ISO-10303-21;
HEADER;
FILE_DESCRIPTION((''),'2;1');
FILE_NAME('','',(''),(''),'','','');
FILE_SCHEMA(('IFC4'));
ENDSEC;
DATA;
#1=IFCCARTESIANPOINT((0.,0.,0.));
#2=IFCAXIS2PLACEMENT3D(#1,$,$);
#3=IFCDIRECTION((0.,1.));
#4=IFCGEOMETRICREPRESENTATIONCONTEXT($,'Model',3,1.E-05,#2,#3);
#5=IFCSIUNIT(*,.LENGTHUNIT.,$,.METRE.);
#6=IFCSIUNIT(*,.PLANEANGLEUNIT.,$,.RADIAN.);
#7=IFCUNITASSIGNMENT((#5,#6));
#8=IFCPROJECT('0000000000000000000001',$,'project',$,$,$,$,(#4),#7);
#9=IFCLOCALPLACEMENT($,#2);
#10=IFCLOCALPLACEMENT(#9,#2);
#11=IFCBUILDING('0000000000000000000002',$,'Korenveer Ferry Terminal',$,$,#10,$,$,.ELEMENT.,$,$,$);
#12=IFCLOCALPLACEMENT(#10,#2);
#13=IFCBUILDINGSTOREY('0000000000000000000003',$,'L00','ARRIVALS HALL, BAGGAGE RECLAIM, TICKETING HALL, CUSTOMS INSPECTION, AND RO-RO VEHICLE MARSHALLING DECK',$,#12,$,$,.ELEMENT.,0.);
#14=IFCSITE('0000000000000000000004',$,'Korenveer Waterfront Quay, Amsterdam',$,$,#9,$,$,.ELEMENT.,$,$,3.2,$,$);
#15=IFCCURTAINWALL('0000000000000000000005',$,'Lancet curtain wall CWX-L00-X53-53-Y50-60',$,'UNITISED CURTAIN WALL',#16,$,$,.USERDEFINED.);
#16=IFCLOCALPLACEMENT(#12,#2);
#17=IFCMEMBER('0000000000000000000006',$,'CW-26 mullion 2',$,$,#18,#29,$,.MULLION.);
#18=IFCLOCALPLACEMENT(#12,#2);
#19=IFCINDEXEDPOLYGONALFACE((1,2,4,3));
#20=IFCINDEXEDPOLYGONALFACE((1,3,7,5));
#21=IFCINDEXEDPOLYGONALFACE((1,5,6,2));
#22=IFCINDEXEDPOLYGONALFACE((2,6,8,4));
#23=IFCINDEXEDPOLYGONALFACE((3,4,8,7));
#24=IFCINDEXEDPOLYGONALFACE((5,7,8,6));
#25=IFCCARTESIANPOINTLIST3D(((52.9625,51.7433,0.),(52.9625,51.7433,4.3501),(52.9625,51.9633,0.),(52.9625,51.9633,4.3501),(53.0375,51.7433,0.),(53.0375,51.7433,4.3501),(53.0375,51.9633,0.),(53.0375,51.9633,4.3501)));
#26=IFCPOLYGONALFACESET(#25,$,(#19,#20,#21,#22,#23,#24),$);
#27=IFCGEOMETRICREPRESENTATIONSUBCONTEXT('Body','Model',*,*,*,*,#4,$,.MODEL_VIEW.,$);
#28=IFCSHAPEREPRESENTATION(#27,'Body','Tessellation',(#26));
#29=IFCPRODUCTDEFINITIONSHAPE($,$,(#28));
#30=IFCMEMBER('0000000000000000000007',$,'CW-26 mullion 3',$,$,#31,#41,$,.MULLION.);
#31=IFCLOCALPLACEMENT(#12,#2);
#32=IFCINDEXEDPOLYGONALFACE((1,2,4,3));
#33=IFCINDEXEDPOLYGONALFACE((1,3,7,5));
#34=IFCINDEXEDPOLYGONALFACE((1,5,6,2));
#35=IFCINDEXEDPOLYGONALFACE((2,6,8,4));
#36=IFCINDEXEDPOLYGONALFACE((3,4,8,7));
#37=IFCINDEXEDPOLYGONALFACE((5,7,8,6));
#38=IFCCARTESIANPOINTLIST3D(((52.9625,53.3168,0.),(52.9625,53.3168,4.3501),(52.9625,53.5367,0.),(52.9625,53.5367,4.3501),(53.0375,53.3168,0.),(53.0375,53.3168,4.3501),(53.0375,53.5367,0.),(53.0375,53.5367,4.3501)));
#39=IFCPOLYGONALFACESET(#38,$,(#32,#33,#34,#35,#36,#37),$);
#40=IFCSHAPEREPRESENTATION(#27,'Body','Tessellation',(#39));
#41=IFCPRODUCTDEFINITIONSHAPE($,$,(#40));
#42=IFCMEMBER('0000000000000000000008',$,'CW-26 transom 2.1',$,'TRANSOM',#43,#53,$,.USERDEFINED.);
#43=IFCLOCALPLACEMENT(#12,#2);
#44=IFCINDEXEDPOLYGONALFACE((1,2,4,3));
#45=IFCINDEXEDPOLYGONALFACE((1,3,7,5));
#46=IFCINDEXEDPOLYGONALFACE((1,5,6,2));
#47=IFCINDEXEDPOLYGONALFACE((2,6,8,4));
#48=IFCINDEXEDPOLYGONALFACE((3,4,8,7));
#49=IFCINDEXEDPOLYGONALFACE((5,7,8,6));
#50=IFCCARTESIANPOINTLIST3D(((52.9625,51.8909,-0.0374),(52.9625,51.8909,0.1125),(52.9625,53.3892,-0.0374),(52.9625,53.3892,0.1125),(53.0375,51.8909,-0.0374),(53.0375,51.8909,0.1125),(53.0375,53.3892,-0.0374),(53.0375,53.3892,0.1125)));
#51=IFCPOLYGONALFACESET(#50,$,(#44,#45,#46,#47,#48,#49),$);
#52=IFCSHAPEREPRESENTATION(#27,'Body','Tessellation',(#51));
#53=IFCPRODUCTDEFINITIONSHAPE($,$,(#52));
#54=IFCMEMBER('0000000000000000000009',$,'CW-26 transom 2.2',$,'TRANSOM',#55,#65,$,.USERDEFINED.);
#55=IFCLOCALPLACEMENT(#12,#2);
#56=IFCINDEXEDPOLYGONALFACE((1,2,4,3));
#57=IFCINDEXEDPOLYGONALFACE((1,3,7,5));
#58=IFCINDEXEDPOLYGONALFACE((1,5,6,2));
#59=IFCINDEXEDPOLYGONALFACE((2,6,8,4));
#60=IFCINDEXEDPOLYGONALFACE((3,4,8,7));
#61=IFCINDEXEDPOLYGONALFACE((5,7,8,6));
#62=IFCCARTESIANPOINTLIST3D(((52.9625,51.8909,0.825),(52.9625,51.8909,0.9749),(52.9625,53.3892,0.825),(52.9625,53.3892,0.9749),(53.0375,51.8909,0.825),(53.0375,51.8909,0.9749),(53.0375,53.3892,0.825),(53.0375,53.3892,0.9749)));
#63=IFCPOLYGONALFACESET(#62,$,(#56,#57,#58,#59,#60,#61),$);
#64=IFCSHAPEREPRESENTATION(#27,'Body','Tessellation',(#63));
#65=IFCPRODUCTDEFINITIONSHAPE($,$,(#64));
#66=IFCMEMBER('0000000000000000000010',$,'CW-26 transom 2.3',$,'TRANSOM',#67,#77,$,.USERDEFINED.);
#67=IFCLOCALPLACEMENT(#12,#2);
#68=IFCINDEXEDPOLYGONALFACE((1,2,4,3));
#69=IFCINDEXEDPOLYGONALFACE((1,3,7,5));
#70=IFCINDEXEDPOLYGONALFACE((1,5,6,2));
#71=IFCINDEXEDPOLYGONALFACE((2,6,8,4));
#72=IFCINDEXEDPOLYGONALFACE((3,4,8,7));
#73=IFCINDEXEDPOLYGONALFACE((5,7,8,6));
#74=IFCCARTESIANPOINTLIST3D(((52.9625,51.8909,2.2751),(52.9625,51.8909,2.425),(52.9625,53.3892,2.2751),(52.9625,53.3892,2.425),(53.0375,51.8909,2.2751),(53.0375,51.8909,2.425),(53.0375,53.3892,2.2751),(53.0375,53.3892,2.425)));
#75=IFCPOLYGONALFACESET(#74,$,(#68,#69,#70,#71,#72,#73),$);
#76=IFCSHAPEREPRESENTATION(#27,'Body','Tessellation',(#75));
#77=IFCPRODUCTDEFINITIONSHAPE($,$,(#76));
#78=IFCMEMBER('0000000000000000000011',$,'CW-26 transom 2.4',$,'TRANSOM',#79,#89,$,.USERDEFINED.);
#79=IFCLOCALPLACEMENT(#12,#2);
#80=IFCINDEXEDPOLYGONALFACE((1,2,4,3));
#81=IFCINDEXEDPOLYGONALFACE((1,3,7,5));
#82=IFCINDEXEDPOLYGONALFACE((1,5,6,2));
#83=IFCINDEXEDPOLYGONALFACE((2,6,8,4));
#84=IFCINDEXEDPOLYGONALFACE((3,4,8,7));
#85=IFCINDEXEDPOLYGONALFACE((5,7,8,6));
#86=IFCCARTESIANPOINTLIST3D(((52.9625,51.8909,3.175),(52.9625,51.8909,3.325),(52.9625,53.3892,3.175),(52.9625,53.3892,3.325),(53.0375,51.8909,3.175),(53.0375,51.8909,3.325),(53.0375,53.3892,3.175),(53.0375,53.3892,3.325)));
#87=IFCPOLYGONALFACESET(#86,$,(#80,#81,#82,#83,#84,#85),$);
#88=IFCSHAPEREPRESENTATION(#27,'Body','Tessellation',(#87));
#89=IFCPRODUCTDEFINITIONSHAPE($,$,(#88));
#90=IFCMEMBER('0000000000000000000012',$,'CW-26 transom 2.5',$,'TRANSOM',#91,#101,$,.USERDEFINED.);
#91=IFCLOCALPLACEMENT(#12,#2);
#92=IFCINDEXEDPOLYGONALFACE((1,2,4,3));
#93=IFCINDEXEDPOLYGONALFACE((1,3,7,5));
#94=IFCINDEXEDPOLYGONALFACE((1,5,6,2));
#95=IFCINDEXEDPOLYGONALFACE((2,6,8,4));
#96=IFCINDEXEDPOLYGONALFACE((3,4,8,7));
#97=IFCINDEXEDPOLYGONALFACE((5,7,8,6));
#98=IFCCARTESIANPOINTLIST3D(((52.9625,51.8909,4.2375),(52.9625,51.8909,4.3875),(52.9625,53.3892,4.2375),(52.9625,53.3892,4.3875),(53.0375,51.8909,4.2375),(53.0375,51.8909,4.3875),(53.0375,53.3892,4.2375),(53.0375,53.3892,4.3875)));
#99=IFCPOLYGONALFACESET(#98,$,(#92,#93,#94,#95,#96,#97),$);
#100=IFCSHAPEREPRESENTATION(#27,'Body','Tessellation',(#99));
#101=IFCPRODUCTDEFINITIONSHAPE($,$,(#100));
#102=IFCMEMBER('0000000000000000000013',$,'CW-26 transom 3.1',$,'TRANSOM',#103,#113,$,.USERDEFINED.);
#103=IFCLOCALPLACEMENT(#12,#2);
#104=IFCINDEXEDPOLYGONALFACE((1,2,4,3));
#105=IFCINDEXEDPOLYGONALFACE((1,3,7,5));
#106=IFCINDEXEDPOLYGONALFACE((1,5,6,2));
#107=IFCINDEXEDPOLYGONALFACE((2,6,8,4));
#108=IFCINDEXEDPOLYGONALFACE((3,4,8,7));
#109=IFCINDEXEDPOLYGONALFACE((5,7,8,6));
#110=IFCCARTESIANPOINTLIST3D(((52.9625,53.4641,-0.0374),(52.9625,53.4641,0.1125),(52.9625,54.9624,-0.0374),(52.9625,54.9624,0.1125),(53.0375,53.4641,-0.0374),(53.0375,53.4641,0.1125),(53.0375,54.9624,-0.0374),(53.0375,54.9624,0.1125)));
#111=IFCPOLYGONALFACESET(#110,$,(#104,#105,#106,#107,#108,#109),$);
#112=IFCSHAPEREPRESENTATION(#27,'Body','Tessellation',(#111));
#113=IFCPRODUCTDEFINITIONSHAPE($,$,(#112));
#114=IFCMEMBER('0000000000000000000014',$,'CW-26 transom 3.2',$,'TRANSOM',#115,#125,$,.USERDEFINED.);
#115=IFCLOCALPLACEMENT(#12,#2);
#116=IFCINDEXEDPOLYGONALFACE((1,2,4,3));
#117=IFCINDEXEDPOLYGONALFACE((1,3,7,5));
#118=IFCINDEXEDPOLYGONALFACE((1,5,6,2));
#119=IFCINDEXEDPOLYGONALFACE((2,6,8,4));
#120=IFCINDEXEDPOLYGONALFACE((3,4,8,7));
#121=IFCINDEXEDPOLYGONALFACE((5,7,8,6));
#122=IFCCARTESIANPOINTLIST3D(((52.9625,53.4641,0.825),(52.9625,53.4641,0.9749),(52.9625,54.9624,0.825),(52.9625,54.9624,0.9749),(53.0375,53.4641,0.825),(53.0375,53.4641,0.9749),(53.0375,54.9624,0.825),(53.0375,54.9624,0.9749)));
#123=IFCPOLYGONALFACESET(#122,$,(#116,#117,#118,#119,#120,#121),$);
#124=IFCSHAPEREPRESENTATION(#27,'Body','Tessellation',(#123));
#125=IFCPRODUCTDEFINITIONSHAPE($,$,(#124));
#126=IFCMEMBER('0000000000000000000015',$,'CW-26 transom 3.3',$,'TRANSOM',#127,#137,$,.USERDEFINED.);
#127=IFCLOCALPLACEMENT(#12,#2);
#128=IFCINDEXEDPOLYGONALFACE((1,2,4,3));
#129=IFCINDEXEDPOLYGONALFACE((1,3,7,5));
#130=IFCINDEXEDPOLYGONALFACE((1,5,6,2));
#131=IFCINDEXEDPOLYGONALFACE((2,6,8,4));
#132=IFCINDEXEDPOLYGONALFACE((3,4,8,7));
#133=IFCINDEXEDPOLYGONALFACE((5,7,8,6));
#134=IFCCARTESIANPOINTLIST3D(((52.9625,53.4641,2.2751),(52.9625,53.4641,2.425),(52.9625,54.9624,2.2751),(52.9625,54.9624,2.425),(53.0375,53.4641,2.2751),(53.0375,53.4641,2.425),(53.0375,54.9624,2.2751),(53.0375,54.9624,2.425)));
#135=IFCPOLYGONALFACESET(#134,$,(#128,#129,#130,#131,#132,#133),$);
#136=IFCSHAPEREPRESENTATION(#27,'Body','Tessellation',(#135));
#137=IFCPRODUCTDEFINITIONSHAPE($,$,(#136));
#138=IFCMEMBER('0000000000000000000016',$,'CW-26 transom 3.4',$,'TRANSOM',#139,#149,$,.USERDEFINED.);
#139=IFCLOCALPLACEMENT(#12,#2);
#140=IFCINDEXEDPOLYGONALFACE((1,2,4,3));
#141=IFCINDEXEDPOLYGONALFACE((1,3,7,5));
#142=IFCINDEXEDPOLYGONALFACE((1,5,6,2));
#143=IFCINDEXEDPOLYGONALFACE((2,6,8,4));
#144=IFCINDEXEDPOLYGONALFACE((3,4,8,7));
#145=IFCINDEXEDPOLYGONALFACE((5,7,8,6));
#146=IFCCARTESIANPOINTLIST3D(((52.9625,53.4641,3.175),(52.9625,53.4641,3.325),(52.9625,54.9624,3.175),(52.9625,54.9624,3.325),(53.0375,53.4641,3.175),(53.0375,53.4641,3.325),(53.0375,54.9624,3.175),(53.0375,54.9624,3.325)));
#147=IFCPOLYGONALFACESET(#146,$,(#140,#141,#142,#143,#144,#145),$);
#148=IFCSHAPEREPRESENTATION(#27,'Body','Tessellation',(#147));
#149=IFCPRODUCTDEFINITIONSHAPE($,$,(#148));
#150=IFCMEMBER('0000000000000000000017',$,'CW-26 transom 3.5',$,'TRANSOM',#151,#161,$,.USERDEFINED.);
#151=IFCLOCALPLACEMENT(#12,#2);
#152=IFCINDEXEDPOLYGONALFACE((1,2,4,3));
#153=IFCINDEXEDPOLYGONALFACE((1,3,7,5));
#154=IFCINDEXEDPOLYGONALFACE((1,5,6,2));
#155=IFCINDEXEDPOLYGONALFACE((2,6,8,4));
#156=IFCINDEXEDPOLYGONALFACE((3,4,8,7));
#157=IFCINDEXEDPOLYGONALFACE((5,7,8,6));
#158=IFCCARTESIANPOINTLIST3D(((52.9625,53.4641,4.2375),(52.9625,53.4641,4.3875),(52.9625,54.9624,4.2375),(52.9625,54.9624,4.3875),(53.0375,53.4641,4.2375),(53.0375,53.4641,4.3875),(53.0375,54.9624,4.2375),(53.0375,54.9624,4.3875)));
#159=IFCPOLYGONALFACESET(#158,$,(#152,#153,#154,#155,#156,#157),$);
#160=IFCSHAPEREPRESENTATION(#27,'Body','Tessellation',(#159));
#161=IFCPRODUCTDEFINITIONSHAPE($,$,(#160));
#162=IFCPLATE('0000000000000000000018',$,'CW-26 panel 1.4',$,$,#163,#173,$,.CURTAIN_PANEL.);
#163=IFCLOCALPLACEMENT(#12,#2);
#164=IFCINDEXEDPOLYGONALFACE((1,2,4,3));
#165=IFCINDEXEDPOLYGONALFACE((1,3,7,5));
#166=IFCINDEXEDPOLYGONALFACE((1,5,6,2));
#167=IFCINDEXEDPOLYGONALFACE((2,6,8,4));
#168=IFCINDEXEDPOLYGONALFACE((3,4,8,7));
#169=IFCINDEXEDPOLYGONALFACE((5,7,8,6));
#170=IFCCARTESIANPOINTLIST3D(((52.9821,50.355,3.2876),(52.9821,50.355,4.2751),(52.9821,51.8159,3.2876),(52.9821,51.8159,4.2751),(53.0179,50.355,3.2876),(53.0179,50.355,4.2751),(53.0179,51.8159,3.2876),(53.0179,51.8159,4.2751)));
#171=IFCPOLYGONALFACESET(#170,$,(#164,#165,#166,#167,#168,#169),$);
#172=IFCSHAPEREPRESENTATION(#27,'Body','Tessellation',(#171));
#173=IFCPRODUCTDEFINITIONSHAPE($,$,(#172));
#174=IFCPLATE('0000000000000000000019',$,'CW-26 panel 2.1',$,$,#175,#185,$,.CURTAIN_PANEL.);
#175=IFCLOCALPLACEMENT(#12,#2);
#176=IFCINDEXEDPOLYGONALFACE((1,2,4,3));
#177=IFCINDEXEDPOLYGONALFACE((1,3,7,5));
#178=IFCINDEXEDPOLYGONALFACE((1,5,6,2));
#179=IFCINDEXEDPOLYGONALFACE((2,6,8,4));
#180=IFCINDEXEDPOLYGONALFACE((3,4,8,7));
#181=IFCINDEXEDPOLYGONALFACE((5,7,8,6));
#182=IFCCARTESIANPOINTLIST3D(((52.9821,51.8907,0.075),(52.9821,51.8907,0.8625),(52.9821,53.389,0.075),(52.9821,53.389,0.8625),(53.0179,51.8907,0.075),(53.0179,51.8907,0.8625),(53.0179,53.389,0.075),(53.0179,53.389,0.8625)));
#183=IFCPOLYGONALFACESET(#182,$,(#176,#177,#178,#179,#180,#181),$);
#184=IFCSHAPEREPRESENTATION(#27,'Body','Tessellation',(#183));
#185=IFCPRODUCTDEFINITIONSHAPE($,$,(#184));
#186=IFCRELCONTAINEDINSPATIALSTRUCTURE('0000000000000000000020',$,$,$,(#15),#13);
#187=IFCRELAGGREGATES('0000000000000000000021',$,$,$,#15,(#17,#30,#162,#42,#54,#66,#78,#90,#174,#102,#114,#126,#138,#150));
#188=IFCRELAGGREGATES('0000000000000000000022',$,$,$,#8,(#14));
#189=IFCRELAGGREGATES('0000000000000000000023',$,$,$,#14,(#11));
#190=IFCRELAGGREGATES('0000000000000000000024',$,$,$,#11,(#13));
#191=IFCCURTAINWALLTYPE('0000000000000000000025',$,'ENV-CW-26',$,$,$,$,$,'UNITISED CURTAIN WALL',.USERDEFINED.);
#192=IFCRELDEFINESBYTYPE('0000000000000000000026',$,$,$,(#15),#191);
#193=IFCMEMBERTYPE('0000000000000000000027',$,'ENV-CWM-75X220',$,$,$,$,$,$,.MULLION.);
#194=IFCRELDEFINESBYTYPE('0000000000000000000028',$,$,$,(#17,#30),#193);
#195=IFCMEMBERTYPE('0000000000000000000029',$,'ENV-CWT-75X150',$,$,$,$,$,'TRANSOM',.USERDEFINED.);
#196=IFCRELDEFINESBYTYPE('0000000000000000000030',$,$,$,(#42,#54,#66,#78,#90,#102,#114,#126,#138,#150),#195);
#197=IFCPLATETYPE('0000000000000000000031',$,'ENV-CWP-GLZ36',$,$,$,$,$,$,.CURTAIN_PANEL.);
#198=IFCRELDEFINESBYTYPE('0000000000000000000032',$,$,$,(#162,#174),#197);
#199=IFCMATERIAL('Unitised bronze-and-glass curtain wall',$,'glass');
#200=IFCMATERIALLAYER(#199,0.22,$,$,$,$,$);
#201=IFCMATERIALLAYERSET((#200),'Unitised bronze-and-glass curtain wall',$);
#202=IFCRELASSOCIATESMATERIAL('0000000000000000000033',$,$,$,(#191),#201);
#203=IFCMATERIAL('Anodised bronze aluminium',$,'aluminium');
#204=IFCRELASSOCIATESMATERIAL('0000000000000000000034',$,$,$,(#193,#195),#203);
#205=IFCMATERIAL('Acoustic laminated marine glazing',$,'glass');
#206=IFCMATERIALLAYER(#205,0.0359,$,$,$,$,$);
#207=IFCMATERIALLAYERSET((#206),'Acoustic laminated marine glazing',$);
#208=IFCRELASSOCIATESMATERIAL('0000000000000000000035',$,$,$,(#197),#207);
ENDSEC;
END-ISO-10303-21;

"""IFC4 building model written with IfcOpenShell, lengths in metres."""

from ifc_helpers import new_model, si_unit, direction, frame, origin, origin_2d, place, context, subcontext, project, spatial, rectangle, extrude, material, layer, layer_set, material_profile, profile_set, type_object, element, aggregate, save


model = new_model("IFC4")

# Units and contexts
model_context = context("Model", 3, precision=1e-05, world=origin(), true_north=direction((0.0, 1.0)))
body_context = subcontext(model_context, "Body", "Model", "MODEL_VIEW")
ifc_project = project(units=[si_unit("LENGTHUNIT", "METRE"), si_unit("PLANEANGLEUNIT", "RADIAN")], contexts=[model_context])

# Site, building, storey
site_placement = place(None, origin())
site = spatial("IfcSite", under=ifc_project, at=site_placement, Name="Korenveer Waterfront Quay, Amsterdam", CompositionType="ELEMENT", RefElevation=3.2)
building_placement = place(site_placement, origin())
building = spatial("IfcBuilding", under=site, at=building_placement, Name="Korenveer Ferry Terminal", CompositionType="ELEMENT")
storey_placement = place(building_placement, origin())
storey = spatial("IfcBuildingStorey", under=building, at=storey_placement, Name="L00", Description="ARRIVALS HALL, BAGGAGE RECLAIM, TICKETING HALL, CUSTOMS INSPECTION, AND RO-RO VEHICLE MARSHALLING DECK", CompositionType="ELEMENT", Elevation=0.0)

# Curtain wall, members, plates
ifc_material_1 = material(Name="Unitised bronze-and-glass curtain wall", Category="glass")
ifc_layer_1 = layer(ifc_material_1, 0.22)
ifc_layer_set_1 = layer_set([ifc_layer_1], Name="Unitised bronze-and-glass curtain wall")
curtain_wall_type = type_object("IfcCurtainWallType", Name="ENV-CW-26", ElementType="UNITISED CURTAIN WALL", PredefinedType="USERDEFINED", material=ifc_layer_set_1)
curtain_wall_placement = place(storey_placement, frame((53.0, 50.28, 0.0)))
curtain_wall = element("IfcCurtainWall", 1, at=curtain_wall_placement, inside=storey, type_object=curtain_wall_type, Name="Lancet curtain wall CWX-L00-X53-53-Y50-60", ObjectType="UNITISED CURTAIN WALL", PredefinedType="USERDEFINED")
ifc_material_2 = material(Name="Anodised bronze aluminium", Category="aluminium")
ifc_material_profile_1 = material_profile(ifc_material_2, rectangle(XDim=0.075, YDim=0.22, at=origin_2d()), Name="ALU 75x220")
ifc_profile_set_1 = profile_set([ifc_material_profile_1], Name="Anodised bronze aluminium")
member_type_1 = type_object("IfcMemberType", Name="ENV-CWM-75X220", PredefinedType="MULLION", material=ifc_profile_set_1)
member_1_placement = place(storey_placement, frame((53.0, 51.8533, 0.0), z_axis=(0.0, 0.0, 1.0), x_axis=(-1.0, 0.0, 0.0)))
member_1 = element("IfcMember", 2, at=member_1_placement, type_object=member_type_1, Name="CW-26 mullion 2", PredefinedType="MULLION", context=body_context, shape_type="SweptSolid", body=[
    extrude(rectangle(XDim=0.075, YDim=0.22, at=origin_2d()), origin(), (0.0, 0.0, 1.0), 4.3501),
])
member_2_placement = place(storey_placement, frame((53.0, 53.4268, 0.0), z_axis=(0.0, 0.0, 1.0), x_axis=(-1.0, 0.0, 0.0)))
member_2 = element("IfcMember", 3, at=member_2_placement, type_object=member_type_1, Name="CW-26 mullion 3", PredefinedType="MULLION", context=body_context, shape_type="SweptSolid", body=[
    extrude(rectangle(XDim=0.075, YDim=0.22, at=origin_2d()), origin(), (0.0, 0.0, 1.0), 4.3501),
])
ifc_material_profile_2 = material_profile(ifc_material_2, rectangle(XDim=0.075, YDim=0.1499, at=origin_2d()), Name="ALU 75x150")
ifc_profile_set_2 = profile_set([ifc_material_profile_2], Name="Anodised bronze aluminium")
member_type_2 = type_object("IfcMemberType", Name="ENV-CWT-75X150", ElementType="TRANSOM", PredefinedType="USERDEFINED", material=ifc_profile_set_2)
member_3_placement = place(storey_placement, frame((53.0, 51.8909, 0.0376), z_axis=(0.0, 1.0, 0.0), x_axis=(-1.0, 0.0, 0.0)))
member_3 = element("IfcMember", 4, at=member_3_placement, type_object=member_type_2, Name="CW-26 transom 2.1", ObjectType="TRANSOM", PredefinedType="USERDEFINED", context=body_context, shape_type="SweptSolid", body=[
    extrude(rectangle(XDim=0.075, YDim=0.1499, at=origin_2d()), origin(), (0.0, 0.0, 1.0), 1.4983),
])
member_4_placement = place(storey_placement, frame((53.0, 51.8909, 0.8999), z_axis=(0.0, 1.0, 0.0), x_axis=(-1.0, 0.0, 0.0)))
member_4 = element("IfcMember", 5, at=member_4_placement, type_object=member_type_2, Name="CW-26 transom 2.2", ObjectType="TRANSOM", PredefinedType="USERDEFINED", context=body_context, shape_type="SweptSolid", body=[
    extrude(rectangle(XDim=0.075, YDim=0.1499, at=origin_2d()), origin(), (0.0, 0.0, 1.0), 1.4983),
])
member_5_placement = place(storey_placement, frame((53.0, 51.8909, 2.3501), z_axis=(0.0, 1.0, 0.0), x_axis=(-1.0, 0.0, 0.0)))
member_5 = element("IfcMember", 6, at=member_5_placement, type_object=member_type_2, Name="CW-26 transom 2.3", ObjectType="TRANSOM", PredefinedType="USERDEFINED", context=body_context, shape_type="SweptSolid", body=[
    extrude(rectangle(XDim=0.075, YDim=0.1499, at=origin_2d()), origin(), (0.0, 0.0, 1.0), 1.4983),
])
member_6_placement = place(storey_placement, frame((53.0, 51.8909, 3.25), z_axis=(0.0, 1.0, 0.0), x_axis=(-1.0, 0.0, 0.0)))
member_6 = element("IfcMember", 7, at=member_6_placement, type_object=member_type_2, Name="CW-26 transom 2.4", ObjectType="TRANSOM", PredefinedType="USERDEFINED", context=body_context, shape_type="SweptSolid", body=[
    extrude(rectangle(XDim=0.075, YDim=0.1499, at=origin_2d()), origin(), (0.0, 0.0, 1.0), 1.4983),
])
member_7_placement = place(storey_placement, frame((53.0, 51.8909, 4.3125), z_axis=(0.0, 1.0, 0.0), x_axis=(-1.0, 0.0, 0.0)))
member_7 = element("IfcMember", 8, at=member_7_placement, type_object=member_type_2, Name="CW-26 transom 2.5", ObjectType="TRANSOM", PredefinedType="USERDEFINED", context=body_context, shape_type="SweptSolid", body=[
    extrude(rectangle(XDim=0.075, YDim=0.1499, at=origin_2d()), origin(), (0.0, 0.0, 1.0), 1.4983),
])
member_8_placement = place(storey_placement, frame((53.0, 53.4641, 0.0376), z_axis=(0.0, 1.0, 0.0), x_axis=(-1.0, 0.0, 0.0)))
member_8 = element("IfcMember", 9, at=member_8_placement, type_object=member_type_2, Name="CW-26 transom 3.1", ObjectType="TRANSOM", PredefinedType="USERDEFINED", context=body_context, shape_type="SweptSolid", body=[
    extrude(rectangle(XDim=0.075, YDim=0.1499, at=origin_2d()), origin(), (0.0, 0.0, 1.0), 1.4983),
])
member_9_placement = place(storey_placement, frame((53.0, 53.4641, 0.8999), z_axis=(0.0, 1.0, 0.0), x_axis=(-1.0, 0.0, 0.0)))
member_9 = element("IfcMember", 10, at=member_9_placement, type_object=member_type_2, Name="CW-26 transom 3.2", ObjectType="TRANSOM", PredefinedType="USERDEFINED", context=body_context, shape_type="SweptSolid", body=[
    extrude(rectangle(XDim=0.075, YDim=0.1499, at=origin_2d()), origin(), (0.0, 0.0, 1.0), 1.4983),
])
member_10_placement = place(storey_placement, frame((53.0, 53.4641, 2.3501), z_axis=(0.0, 1.0, 0.0), x_axis=(-1.0, 0.0, 0.0)))
member_10 = element("IfcMember", 11, at=member_10_placement, type_object=member_type_2, Name="CW-26 transom 3.3", ObjectType="TRANSOM", PredefinedType="USERDEFINED", context=body_context, shape_type="SweptSolid", body=[
    extrude(rectangle(XDim=0.075, YDim=0.1499, at=origin_2d()), origin(), (0.0, 0.0, 1.0), 1.4983),
])
member_11_placement = place(storey_placement, frame((53.0, 53.4641, 3.25), z_axis=(0.0, 1.0, 0.0), x_axis=(-1.0, 0.0, 0.0)))
member_11 = element("IfcMember", 12, at=member_11_placement, type_object=member_type_2, Name="CW-26 transom 3.4", ObjectType="TRANSOM", PredefinedType="USERDEFINED", context=body_context, shape_type="SweptSolid", body=[
    extrude(rectangle(XDim=0.075, YDim=0.1499, at=origin_2d()), origin(), (0.0, 0.0, 1.0), 1.4983),
])
member_12_placement = place(storey_placement, frame((53.0, 53.4641, 4.3125), z_axis=(0.0, 1.0, 0.0), x_axis=(-1.0, 0.0, 0.0)))
member_12 = element("IfcMember", 13, at=member_12_placement, type_object=member_type_2, Name="CW-26 transom 3.5", ObjectType="TRANSOM", PredefinedType="USERDEFINED", context=body_context, shape_type="SweptSolid", body=[
    extrude(rectangle(XDim=0.075, YDim=0.1499, at=origin_2d()), origin(), (0.0, 0.0, 1.0), 1.4983),
])
ifc_material_3 = material(Name="Acoustic laminated marine glazing", Category="glass")
ifc_layer_2 = layer(ifc_material_3, 0.0359)
ifc_layer_set_2 = layer_set([ifc_layer_2], Name="Acoustic laminated marine glazing")
plate_type = type_object("IfcPlateType", Name="ENV-CWP-GLZ36", PredefinedType="CURTAIN_PANEL", material=ifc_layer_set_2)
plate_1_placement = place(storey_placement, frame((53.0, 51.0854, 3.2876), z_axis=(0.0, 0.0, 1.0), x_axis=(0.0, 1.0, 0.0)))
plate_1 = element("IfcPlate", 14, at=plate_1_placement, type_object=plate_type, Name="CW-26 panel 1.4", PredefinedType="CURTAIN_PANEL", context=body_context, shape_type="SweptSolid", body=[
    extrude(rectangle(XDim=1.4609, YDim=0.0359, at=origin_2d()), origin(), (0.0, 0.0, 1.0), 0.9875),
])
plate_2_placement = place(storey_placement, frame((53.0, 52.6399, 0.075), z_axis=(0.0, 0.0, 1.0), x_axis=(0.0, 1.0, 0.0)))
plate_2 = element("IfcPlate", 15, at=plate_2_placement, type_object=plate_type, Name="CW-26 panel 2.1", PredefinedType="CURTAIN_PANEL", context=body_context, shape_type="SweptSolid", body=[
    extrude(rectangle(XDim=1.4983, YDim=0.0359, at=origin_2d()), origin(), (0.0, 0.0, 1.0), 0.7876),
])
aggregate(curtain_wall, [member_1, member_2, plate_1, member_3, member_4, member_5, member_6, member_7, plate_2, member_8, member_9, member_10, member_11, member_12])

save(model, "model.ifc")
